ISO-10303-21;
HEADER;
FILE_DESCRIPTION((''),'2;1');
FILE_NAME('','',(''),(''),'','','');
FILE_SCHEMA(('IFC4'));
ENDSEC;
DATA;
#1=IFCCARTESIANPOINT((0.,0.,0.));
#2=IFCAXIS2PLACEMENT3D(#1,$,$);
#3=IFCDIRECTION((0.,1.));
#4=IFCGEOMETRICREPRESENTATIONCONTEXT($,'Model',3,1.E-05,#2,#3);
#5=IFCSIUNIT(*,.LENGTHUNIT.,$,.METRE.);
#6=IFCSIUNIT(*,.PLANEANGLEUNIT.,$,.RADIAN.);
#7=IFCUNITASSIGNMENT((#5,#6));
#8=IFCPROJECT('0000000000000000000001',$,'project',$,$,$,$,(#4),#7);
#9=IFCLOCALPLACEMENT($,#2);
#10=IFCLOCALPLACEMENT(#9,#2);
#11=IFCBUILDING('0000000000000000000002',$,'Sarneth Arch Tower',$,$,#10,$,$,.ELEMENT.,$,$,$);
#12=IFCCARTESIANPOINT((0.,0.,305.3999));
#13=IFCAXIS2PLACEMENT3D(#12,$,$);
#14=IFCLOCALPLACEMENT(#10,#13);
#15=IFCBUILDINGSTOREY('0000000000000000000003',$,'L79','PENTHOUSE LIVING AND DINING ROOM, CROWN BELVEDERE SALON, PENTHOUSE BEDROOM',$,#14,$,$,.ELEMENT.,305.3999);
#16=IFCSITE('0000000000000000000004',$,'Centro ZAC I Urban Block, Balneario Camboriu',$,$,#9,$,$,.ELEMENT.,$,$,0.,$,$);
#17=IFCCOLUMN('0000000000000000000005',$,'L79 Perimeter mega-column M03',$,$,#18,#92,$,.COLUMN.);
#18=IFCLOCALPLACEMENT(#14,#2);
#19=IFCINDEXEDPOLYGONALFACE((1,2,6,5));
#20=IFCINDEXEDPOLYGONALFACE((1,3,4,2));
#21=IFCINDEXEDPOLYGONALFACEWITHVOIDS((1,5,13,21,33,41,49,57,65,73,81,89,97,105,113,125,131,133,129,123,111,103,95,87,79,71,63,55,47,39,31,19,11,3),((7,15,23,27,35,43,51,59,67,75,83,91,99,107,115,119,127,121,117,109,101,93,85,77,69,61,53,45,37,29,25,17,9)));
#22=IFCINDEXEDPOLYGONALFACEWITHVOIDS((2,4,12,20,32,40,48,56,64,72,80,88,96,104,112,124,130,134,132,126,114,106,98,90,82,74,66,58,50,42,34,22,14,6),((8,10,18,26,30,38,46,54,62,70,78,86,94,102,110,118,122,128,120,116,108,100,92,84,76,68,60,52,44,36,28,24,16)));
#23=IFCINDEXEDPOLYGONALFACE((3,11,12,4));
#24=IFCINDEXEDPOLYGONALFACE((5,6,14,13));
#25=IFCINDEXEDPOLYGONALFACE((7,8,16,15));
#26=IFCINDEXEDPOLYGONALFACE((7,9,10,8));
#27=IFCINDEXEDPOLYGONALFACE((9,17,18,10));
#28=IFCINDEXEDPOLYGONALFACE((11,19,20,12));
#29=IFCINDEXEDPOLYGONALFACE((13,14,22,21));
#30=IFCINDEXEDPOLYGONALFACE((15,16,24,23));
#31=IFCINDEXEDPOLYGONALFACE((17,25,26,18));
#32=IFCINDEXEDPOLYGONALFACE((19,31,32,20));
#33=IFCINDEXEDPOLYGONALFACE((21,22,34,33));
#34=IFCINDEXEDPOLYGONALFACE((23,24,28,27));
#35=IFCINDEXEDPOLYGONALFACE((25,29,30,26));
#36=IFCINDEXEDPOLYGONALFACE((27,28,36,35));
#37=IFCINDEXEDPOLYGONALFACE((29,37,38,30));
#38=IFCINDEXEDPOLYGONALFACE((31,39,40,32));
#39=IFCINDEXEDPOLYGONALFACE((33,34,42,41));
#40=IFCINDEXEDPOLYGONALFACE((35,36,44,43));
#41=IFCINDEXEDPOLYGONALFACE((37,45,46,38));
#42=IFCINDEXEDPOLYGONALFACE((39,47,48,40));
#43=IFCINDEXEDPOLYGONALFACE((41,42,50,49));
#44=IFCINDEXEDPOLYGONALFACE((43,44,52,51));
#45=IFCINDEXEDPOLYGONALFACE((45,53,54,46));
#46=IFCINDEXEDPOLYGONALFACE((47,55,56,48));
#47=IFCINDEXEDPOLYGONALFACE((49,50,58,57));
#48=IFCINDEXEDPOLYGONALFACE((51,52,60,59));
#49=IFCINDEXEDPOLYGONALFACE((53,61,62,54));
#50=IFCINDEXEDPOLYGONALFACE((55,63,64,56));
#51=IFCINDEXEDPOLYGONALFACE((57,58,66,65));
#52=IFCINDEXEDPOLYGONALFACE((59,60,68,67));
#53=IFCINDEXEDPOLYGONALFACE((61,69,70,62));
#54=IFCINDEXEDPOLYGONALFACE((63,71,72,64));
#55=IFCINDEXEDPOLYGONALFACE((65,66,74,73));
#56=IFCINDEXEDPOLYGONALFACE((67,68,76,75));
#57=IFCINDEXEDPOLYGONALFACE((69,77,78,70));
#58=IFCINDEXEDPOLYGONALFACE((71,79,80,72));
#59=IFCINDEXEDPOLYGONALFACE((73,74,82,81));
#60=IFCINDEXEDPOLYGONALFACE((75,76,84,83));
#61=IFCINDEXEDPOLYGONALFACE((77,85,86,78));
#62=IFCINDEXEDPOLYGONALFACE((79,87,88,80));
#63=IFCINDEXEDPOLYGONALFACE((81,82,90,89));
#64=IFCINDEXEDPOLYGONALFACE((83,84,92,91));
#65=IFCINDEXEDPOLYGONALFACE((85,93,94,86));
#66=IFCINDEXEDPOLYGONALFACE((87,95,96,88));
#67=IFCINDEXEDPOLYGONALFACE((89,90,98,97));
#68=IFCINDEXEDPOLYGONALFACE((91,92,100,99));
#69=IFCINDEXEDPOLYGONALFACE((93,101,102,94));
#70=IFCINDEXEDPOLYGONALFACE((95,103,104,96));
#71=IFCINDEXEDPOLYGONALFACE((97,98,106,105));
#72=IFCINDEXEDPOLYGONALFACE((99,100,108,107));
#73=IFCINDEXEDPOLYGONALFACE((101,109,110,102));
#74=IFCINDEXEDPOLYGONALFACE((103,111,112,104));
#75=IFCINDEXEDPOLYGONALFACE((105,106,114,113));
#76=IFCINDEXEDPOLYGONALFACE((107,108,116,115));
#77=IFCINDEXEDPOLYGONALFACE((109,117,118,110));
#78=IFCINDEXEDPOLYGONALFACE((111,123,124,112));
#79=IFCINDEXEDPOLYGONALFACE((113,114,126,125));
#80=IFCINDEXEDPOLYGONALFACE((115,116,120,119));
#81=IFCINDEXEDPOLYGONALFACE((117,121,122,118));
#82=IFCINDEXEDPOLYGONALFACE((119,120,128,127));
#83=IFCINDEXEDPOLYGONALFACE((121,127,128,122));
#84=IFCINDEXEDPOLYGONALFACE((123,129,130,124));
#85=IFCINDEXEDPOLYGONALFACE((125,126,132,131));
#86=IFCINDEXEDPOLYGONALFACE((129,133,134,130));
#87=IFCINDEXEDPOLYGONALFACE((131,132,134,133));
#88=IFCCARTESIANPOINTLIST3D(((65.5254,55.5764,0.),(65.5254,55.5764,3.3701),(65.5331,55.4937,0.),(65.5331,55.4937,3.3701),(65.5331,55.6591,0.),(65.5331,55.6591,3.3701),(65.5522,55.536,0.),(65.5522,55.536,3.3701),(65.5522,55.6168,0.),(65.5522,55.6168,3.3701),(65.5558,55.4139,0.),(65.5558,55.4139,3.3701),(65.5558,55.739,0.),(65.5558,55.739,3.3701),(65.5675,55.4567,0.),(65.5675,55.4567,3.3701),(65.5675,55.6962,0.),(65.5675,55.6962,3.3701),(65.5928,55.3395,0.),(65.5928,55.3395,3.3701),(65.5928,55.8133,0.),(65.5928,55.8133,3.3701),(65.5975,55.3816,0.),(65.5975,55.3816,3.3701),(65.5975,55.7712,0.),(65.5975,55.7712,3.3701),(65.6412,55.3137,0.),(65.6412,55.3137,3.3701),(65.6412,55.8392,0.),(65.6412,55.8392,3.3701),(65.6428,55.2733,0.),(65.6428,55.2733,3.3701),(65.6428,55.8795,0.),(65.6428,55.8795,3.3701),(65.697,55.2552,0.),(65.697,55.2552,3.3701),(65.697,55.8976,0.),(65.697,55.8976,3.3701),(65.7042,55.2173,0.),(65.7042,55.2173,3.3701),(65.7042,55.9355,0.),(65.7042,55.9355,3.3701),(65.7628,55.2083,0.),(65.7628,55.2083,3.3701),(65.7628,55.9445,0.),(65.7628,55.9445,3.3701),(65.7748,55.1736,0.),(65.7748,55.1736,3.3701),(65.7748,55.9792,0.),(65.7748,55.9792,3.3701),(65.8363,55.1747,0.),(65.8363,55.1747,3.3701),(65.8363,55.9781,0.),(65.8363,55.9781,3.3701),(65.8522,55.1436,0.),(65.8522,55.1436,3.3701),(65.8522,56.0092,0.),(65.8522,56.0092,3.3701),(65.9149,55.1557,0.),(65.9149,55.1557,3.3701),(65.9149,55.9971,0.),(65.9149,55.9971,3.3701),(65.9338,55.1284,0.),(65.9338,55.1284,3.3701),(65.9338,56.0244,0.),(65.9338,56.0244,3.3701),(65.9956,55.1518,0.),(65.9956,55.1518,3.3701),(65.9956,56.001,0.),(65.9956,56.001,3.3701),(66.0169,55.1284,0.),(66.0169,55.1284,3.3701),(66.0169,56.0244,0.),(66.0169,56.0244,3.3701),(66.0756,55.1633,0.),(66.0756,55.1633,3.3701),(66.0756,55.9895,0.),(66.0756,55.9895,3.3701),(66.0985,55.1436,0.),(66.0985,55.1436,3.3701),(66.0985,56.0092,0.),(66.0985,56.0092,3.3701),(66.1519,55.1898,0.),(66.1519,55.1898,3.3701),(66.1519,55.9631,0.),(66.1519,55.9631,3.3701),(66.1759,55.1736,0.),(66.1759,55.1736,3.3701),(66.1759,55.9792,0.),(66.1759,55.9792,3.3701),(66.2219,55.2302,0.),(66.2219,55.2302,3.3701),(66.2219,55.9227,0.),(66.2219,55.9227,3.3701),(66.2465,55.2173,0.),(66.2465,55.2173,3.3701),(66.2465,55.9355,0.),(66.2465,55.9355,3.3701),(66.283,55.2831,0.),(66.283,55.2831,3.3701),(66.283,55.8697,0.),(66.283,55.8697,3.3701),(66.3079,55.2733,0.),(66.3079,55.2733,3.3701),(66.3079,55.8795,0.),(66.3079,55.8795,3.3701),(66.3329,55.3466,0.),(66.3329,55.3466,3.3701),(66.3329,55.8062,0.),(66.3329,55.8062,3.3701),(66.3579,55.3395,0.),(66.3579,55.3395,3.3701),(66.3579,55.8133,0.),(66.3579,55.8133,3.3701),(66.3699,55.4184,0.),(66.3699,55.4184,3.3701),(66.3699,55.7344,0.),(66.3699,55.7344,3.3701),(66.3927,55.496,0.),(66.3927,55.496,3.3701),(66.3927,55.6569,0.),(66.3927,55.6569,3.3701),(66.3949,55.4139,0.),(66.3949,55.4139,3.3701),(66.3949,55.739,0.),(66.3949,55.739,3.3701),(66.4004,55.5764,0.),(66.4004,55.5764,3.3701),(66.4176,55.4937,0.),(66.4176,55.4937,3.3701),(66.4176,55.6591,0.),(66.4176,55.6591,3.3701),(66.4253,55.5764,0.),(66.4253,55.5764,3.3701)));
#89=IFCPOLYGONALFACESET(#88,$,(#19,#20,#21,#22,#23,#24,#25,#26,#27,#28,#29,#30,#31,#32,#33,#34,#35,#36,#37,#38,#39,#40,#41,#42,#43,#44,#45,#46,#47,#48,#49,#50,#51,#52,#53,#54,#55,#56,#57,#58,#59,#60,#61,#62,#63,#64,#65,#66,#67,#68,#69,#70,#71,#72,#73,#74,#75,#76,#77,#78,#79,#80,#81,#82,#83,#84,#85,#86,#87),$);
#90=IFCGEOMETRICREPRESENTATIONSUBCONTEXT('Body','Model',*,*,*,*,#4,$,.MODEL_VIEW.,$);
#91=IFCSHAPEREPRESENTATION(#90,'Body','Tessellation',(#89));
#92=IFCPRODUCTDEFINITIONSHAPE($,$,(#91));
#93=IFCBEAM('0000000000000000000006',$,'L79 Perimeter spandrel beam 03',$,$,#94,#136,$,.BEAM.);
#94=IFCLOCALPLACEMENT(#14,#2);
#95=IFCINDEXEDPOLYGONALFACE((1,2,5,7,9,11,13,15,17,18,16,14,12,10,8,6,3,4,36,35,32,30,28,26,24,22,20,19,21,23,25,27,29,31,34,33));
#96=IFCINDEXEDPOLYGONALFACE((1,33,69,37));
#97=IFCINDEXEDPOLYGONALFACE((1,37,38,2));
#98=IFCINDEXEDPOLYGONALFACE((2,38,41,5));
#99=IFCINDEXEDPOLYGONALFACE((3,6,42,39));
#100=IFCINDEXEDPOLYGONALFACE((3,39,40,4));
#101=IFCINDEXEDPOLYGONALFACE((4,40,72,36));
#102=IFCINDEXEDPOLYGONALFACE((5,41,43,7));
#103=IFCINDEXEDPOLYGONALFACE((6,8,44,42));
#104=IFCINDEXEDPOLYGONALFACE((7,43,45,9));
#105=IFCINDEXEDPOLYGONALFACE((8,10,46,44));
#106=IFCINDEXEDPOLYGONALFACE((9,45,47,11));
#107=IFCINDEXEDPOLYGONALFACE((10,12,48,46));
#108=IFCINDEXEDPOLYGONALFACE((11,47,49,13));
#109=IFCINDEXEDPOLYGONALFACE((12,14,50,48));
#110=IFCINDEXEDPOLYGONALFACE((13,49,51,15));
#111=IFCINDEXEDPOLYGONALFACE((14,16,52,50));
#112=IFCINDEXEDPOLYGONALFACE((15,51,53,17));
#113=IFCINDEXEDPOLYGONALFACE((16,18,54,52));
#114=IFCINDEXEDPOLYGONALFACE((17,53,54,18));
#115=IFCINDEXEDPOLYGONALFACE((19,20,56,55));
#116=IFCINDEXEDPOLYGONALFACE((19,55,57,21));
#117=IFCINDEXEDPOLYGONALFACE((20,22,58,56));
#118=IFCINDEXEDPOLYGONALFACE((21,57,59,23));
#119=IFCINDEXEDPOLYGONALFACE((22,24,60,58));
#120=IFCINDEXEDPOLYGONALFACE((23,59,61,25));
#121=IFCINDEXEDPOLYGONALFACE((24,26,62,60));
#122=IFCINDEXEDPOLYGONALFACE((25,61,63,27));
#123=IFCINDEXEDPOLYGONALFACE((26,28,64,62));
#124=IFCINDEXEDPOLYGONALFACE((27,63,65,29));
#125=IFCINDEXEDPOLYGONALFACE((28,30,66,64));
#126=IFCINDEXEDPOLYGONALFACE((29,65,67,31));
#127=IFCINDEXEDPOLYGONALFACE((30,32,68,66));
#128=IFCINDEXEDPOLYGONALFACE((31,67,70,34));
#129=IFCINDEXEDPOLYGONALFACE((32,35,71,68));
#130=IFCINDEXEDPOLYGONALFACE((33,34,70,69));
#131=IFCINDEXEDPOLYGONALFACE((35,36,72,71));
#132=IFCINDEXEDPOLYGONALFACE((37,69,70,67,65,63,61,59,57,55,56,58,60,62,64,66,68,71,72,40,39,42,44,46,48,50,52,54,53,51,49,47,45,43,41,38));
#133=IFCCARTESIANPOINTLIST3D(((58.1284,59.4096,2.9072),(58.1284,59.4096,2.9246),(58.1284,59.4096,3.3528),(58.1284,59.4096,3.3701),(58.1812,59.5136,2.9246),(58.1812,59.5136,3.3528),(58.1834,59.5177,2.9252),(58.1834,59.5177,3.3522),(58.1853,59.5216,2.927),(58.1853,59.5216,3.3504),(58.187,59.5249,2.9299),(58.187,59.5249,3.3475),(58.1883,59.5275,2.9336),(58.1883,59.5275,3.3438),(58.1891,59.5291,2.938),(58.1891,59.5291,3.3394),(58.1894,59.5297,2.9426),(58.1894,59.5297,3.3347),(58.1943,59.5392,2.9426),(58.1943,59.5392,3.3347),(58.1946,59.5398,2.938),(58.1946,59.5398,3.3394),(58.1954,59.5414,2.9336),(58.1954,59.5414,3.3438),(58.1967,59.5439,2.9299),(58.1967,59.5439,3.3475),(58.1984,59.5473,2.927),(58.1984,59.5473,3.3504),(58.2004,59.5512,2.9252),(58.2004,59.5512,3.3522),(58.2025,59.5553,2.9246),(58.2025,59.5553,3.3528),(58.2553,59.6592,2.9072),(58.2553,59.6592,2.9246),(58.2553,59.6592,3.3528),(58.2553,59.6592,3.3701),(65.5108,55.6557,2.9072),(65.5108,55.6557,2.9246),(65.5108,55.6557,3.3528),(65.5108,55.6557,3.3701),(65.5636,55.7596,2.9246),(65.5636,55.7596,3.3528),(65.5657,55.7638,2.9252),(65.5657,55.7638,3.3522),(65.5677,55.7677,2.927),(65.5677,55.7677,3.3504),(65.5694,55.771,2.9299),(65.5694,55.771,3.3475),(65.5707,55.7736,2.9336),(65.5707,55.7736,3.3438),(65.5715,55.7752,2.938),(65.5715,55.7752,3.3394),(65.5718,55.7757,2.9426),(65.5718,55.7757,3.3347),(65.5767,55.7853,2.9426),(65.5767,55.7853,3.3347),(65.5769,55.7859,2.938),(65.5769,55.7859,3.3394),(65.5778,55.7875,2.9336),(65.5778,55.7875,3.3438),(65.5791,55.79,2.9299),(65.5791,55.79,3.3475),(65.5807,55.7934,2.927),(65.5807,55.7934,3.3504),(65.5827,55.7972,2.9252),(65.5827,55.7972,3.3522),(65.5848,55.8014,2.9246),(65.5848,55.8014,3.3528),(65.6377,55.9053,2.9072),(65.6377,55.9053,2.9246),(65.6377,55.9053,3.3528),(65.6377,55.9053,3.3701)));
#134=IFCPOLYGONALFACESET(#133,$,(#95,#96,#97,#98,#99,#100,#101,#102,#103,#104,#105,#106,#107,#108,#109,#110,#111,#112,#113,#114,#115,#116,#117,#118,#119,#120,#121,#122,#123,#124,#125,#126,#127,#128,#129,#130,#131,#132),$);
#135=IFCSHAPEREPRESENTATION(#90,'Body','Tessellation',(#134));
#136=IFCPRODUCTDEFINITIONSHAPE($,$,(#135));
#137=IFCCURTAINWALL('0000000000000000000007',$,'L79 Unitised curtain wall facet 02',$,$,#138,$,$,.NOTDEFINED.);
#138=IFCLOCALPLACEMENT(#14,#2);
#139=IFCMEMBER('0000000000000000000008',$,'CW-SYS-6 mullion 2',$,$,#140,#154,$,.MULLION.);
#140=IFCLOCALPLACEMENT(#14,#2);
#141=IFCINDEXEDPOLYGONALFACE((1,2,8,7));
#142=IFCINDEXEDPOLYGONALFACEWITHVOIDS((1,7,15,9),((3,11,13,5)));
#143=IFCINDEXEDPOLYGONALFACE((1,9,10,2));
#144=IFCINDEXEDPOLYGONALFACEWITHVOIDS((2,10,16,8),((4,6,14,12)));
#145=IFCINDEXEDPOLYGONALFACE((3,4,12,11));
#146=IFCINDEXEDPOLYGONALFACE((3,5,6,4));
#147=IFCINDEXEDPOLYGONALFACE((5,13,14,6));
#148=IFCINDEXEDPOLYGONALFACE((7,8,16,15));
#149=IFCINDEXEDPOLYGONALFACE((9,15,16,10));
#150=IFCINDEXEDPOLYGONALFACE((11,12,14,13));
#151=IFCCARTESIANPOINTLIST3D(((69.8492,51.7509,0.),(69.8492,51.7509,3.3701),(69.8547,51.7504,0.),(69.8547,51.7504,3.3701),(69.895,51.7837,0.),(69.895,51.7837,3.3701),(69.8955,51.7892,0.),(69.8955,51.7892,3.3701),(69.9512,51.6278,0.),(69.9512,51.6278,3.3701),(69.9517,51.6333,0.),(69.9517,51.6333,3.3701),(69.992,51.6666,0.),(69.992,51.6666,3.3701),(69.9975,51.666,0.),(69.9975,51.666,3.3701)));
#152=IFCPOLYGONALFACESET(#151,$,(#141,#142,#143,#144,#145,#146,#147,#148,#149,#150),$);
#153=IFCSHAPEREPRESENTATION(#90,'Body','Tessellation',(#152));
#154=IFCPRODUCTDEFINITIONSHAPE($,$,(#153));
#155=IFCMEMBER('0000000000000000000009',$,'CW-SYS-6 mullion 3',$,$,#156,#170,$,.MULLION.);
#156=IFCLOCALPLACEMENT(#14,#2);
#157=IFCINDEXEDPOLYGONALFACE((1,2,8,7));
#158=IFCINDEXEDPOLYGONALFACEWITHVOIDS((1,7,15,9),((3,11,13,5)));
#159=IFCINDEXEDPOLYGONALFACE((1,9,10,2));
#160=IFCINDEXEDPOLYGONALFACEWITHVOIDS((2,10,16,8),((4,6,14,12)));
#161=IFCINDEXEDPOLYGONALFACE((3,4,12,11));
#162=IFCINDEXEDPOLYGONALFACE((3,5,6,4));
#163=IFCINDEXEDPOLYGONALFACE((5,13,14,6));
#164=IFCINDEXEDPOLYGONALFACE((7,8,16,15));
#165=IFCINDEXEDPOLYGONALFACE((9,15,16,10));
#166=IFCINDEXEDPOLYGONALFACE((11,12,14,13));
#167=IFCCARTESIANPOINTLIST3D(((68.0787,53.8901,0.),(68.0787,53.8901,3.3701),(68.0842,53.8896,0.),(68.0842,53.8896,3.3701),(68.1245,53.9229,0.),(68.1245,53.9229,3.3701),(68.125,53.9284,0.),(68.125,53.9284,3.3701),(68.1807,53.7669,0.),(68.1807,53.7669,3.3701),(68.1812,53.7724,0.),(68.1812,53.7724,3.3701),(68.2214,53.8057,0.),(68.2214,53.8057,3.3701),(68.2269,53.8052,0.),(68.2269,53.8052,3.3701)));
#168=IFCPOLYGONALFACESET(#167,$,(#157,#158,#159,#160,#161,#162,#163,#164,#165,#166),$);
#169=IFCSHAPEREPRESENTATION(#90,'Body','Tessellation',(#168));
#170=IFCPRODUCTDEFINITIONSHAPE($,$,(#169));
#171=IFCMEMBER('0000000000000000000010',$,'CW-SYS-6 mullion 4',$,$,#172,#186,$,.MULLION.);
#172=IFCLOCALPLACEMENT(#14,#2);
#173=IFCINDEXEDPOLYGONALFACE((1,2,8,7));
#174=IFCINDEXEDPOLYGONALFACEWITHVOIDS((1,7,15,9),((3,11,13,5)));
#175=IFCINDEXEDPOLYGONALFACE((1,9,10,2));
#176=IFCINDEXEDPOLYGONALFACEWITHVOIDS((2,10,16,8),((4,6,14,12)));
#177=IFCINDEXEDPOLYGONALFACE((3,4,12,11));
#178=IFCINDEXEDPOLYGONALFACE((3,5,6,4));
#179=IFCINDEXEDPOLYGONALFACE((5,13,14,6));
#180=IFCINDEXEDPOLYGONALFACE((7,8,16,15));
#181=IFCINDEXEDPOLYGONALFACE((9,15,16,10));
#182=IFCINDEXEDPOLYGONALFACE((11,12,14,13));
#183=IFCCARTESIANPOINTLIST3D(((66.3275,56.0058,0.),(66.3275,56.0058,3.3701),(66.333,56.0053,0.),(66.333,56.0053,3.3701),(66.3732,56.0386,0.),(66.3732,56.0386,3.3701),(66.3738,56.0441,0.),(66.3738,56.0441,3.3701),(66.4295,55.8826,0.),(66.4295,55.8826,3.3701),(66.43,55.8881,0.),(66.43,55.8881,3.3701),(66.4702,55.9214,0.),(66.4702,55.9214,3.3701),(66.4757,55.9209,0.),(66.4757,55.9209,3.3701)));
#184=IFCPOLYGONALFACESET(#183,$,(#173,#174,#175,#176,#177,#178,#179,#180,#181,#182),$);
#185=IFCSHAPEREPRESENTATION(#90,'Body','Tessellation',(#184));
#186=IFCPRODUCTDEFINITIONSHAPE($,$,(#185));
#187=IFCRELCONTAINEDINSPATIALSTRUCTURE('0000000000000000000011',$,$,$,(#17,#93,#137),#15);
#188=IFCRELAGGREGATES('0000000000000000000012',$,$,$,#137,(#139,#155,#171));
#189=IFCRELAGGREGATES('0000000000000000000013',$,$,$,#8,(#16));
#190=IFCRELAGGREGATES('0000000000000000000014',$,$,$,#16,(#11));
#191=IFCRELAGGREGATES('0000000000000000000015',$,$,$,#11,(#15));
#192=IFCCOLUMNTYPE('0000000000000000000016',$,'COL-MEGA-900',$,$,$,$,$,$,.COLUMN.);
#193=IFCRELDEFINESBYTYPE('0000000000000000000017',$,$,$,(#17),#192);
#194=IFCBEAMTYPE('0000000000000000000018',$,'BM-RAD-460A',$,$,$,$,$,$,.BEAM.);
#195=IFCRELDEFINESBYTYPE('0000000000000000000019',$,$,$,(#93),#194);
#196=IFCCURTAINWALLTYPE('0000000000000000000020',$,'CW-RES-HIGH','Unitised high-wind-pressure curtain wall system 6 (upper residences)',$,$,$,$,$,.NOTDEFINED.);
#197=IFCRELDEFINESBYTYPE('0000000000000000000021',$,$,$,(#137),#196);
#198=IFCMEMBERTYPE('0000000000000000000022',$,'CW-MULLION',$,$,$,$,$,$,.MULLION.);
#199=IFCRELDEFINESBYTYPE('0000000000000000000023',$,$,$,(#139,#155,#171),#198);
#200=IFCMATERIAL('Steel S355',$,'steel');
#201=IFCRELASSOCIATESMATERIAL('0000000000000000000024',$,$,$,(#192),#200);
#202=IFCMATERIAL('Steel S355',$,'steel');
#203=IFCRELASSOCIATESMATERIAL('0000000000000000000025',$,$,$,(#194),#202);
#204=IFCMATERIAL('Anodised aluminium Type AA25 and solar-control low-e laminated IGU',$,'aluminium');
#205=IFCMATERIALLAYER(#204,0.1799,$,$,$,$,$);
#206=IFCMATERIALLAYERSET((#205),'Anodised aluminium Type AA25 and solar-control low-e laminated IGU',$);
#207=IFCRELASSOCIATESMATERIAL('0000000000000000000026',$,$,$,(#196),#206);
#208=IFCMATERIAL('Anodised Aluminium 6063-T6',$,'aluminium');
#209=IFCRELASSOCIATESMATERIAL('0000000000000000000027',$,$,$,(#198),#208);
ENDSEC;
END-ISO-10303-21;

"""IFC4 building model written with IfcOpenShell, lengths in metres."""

from ifc_helpers import new_model, si_unit, direction, frame, origin, origin_2d, place, context, subcontext, project, spatial, hollow_rectangle, hollow_circle, i_section, extrude, material, layer, layer_set, material_profile, profile_set, type_object, element, aggregate, save


model = new_model("IFC4")

# Units and contexts
model_context = context("Model", 3, precision=1e-05, world=origin(), true_north=direction((0.0, 1.0)))
body_context = subcontext(model_context, "Body", "Model", "MODEL_VIEW")
ifc_project = project(units=[si_unit("LENGTHUNIT", "METRE"), si_unit("PLANEANGLEUNIT", "RADIAN")], contexts=[model_context])

# Site, building, storey
site_placement = place(None, origin())
site = spatial("IfcSite", under=ifc_project, at=site_placement, Name="Centro ZAC I Urban Block, Balneario Camboriu", CompositionType="ELEMENT", RefElevation=0.0)
building_placement = place(site_placement, origin())
building = spatial("IfcBuilding", under=site, at=building_placement, Name="Sarneth Arch Tower", CompositionType="ELEMENT")
storey_placement = place(building_placement, frame((0.0, 0.0, 305.3999)))
storey = spatial("IfcBuildingStorey", under=building, at=storey_placement, Name="L79", Description="PENTHOUSE LIVING AND DINING ROOM, CROWN BELVEDERE SALON, PENTHOUSE BEDROOM", CompositionType="ELEMENT", Elevation=305.3999)

# Column
ifc_material_1 = material(Name="Steel S355", Category="steel")
ifc_material_profile_1 = material_profile(ifc_material_1, hollow_circle(Radius=0.45, WallThickness=0.0249, at=origin_2d()), Name="CHS900x25")
ifc_profile_set_1 = profile_set([ifc_material_profile_1], Name="Steel S355")
column_type = type_object("IfcColumnType", Name="COL-MEGA-900", PredefinedType="COLUMN", material=ifc_profile_set_1)
column_placement = place(storey_placement, frame((65.9753, 55.5764, 0.0), z_axis=(0.0, 0.0, 1.0), x_axis=(1.0, 0.0, 0.0)))
element("IfcColumn", 1, at=column_placement, inside=storey, type_object=column_type, Name="L79 Perimeter mega-column M03", PredefinedType="COLUMN", context=body_context, shape_type="SweptSolid", body=[
    extrude(hollow_circle(Radius=0.45, WallThickness=0.0249, at=origin_2d()), origin(), (0.0, 0.0, 1.0), 3.3701),
])

# Beam
ifc_material_2 = material(Name="Steel S355", Category="steel")
ifc_material_profile_2 = material_profile(ifc_material_2, i_section(OverallWidth=0.28, OverallDepth=0.4629, WebThickness=0.0107, FlangeThickness=0.0173, FilletRadius=0.0181, at=origin_2d()), Name="W460x113")
ifc_profile_set_2 = profile_set([ifc_material_profile_2], Name="Steel S355")
beam_type = type_object("IfcBeamType", Name="BM-RAD-460A", PredefinedType="BEAM", material=ifc_profile_set_2)
beam_placement = place(storey_placement, frame((65.5742, 55.7805, 3.1387), z_axis=(-0.891376, 0.453264, 0.0), x_axis=(-0.453264, -0.891376, 0.0)))
element("IfcBeam", 2, at=beam_placement, inside=storey, type_object=beam_type, Name="L79 Perimeter spandrel beam 03", PredefinedType="BEAM", context=body_context, shape_type="SweptSolid", body=[
    extrude(i_section(OverallWidth=0.28, OverallDepth=0.4629, WebThickness=0.0107, FlangeThickness=0.0173, FilletRadius=0.0181, at=origin_2d()), origin(), (0.0, 0.0, 1.0), 8.282),
])

# Curtain wall, members
ifc_material_3 = material(Name="Anodised aluminium Type AA25 and solar-control low-e laminated IGU", Category="aluminium")
ifc_layer_1 = layer(ifc_material_3, 0.1799)
ifc_layer_set_1 = layer_set([ifc_layer_1], Name="Anodised aluminium Type AA25 and solar-control low-e laminated IGU")
curtain_wall_type = type_object("IfcCurtainWallType", Name="CW-RES-HIGH", Description="Unitised high-wind-pressure curtain wall system 6 (upper residences)", PredefinedType="NOTDEFINED", material=ifc_layer_set_1)
curtain_wall_placement = place(storey_placement, origin())
curtain_wall = element("IfcCurtainWall", 3, at=curtain_wall_placement, inside=storey, type_object=curtain_wall_type, Name="L79 Unitised curtain wall facet 02", PredefinedType="NOTDEFINED")
ifc_material_4 = material(Name="Anodised Aluminium 6063-T6", Category="aluminium")
ifc_material_profile_3 = material_profile(ifc_material_4, hollow_rectangle(XDim=0.0601, YDim=0.1599, WallThickness=0.0039, at=origin_2d()), Name="AL-MULL-160x60x4")
ifc_profile_set_3 = profile_set([ifc_material_profile_3], Name="Anodised Aluminium 6063-T6")
member_type_1 = type_object("IfcMemberType", Name="CW-MULLION", PredefinedType="MULLION", material=ifc_profile_set_3)
member_1_placement = place(storey_placement, frame((69.9233, 51.7085, 0.0), z_axis=(0.0, 0.0, 1.0), x_axis=(-0.770359, -0.63761, 0.0)))
member_1 = element("IfcMember", 4, at=member_1_placement, type_object=member_type_1, Name="CW-SYS-6 mullion 2", PredefinedType="MULLION", context=body_context, shape_type="SweptSolid", body=[
    extrude(hollow_rectangle(XDim=0.0601, YDim=0.1599, WallThickness=0.0039, at=origin_2d()), origin(), (0.0, 0.0, 1.0), 3.3701),
])
member_2_placement = place(storey_placement, frame((68.1528, 53.8477, 0.0), z_axis=(0.0, 0.0, 1.0), x_axis=(-0.770359, -0.63761, 0.0)))
member_2 = element("IfcMember", 5, at=member_2_placement, type_object=member_type_1, Name="CW-SYS-6 mullion 3", PredefinedType="MULLION", context=body_context, shape_type="SweptSolid", body=[
    extrude(hollow_rectangle(XDim=0.0601, YDim=0.1599, WallThickness=0.0039, at=origin_2d()), origin(), (0.0, 0.0, 1.0), 3.3701),
])
member_3_placement = place(storey_placement, frame((66.4016, 55.9634, 0.0), z_axis=(0.0, 0.0, 1.0), x_axis=(-0.770359, -0.63761, 0.0)))
member_3 = element("IfcMember", 6, at=member_3_placement, type_object=member_type_1, Name="CW-SYS-6 mullion 4", PredefinedType="MULLION", context=body_context, shape_type="SweptSolid", body=[
    extrude(hollow_rectangle(XDim=0.0601, YDim=0.1599, WallThickness=0.0039, at=origin_2d()), origin(), (0.0, 0.0, 1.0), 3.3701),
])

aggregate(curtain_wall, [member_1, member_2, member_3])

save(model, "model.ifc")
